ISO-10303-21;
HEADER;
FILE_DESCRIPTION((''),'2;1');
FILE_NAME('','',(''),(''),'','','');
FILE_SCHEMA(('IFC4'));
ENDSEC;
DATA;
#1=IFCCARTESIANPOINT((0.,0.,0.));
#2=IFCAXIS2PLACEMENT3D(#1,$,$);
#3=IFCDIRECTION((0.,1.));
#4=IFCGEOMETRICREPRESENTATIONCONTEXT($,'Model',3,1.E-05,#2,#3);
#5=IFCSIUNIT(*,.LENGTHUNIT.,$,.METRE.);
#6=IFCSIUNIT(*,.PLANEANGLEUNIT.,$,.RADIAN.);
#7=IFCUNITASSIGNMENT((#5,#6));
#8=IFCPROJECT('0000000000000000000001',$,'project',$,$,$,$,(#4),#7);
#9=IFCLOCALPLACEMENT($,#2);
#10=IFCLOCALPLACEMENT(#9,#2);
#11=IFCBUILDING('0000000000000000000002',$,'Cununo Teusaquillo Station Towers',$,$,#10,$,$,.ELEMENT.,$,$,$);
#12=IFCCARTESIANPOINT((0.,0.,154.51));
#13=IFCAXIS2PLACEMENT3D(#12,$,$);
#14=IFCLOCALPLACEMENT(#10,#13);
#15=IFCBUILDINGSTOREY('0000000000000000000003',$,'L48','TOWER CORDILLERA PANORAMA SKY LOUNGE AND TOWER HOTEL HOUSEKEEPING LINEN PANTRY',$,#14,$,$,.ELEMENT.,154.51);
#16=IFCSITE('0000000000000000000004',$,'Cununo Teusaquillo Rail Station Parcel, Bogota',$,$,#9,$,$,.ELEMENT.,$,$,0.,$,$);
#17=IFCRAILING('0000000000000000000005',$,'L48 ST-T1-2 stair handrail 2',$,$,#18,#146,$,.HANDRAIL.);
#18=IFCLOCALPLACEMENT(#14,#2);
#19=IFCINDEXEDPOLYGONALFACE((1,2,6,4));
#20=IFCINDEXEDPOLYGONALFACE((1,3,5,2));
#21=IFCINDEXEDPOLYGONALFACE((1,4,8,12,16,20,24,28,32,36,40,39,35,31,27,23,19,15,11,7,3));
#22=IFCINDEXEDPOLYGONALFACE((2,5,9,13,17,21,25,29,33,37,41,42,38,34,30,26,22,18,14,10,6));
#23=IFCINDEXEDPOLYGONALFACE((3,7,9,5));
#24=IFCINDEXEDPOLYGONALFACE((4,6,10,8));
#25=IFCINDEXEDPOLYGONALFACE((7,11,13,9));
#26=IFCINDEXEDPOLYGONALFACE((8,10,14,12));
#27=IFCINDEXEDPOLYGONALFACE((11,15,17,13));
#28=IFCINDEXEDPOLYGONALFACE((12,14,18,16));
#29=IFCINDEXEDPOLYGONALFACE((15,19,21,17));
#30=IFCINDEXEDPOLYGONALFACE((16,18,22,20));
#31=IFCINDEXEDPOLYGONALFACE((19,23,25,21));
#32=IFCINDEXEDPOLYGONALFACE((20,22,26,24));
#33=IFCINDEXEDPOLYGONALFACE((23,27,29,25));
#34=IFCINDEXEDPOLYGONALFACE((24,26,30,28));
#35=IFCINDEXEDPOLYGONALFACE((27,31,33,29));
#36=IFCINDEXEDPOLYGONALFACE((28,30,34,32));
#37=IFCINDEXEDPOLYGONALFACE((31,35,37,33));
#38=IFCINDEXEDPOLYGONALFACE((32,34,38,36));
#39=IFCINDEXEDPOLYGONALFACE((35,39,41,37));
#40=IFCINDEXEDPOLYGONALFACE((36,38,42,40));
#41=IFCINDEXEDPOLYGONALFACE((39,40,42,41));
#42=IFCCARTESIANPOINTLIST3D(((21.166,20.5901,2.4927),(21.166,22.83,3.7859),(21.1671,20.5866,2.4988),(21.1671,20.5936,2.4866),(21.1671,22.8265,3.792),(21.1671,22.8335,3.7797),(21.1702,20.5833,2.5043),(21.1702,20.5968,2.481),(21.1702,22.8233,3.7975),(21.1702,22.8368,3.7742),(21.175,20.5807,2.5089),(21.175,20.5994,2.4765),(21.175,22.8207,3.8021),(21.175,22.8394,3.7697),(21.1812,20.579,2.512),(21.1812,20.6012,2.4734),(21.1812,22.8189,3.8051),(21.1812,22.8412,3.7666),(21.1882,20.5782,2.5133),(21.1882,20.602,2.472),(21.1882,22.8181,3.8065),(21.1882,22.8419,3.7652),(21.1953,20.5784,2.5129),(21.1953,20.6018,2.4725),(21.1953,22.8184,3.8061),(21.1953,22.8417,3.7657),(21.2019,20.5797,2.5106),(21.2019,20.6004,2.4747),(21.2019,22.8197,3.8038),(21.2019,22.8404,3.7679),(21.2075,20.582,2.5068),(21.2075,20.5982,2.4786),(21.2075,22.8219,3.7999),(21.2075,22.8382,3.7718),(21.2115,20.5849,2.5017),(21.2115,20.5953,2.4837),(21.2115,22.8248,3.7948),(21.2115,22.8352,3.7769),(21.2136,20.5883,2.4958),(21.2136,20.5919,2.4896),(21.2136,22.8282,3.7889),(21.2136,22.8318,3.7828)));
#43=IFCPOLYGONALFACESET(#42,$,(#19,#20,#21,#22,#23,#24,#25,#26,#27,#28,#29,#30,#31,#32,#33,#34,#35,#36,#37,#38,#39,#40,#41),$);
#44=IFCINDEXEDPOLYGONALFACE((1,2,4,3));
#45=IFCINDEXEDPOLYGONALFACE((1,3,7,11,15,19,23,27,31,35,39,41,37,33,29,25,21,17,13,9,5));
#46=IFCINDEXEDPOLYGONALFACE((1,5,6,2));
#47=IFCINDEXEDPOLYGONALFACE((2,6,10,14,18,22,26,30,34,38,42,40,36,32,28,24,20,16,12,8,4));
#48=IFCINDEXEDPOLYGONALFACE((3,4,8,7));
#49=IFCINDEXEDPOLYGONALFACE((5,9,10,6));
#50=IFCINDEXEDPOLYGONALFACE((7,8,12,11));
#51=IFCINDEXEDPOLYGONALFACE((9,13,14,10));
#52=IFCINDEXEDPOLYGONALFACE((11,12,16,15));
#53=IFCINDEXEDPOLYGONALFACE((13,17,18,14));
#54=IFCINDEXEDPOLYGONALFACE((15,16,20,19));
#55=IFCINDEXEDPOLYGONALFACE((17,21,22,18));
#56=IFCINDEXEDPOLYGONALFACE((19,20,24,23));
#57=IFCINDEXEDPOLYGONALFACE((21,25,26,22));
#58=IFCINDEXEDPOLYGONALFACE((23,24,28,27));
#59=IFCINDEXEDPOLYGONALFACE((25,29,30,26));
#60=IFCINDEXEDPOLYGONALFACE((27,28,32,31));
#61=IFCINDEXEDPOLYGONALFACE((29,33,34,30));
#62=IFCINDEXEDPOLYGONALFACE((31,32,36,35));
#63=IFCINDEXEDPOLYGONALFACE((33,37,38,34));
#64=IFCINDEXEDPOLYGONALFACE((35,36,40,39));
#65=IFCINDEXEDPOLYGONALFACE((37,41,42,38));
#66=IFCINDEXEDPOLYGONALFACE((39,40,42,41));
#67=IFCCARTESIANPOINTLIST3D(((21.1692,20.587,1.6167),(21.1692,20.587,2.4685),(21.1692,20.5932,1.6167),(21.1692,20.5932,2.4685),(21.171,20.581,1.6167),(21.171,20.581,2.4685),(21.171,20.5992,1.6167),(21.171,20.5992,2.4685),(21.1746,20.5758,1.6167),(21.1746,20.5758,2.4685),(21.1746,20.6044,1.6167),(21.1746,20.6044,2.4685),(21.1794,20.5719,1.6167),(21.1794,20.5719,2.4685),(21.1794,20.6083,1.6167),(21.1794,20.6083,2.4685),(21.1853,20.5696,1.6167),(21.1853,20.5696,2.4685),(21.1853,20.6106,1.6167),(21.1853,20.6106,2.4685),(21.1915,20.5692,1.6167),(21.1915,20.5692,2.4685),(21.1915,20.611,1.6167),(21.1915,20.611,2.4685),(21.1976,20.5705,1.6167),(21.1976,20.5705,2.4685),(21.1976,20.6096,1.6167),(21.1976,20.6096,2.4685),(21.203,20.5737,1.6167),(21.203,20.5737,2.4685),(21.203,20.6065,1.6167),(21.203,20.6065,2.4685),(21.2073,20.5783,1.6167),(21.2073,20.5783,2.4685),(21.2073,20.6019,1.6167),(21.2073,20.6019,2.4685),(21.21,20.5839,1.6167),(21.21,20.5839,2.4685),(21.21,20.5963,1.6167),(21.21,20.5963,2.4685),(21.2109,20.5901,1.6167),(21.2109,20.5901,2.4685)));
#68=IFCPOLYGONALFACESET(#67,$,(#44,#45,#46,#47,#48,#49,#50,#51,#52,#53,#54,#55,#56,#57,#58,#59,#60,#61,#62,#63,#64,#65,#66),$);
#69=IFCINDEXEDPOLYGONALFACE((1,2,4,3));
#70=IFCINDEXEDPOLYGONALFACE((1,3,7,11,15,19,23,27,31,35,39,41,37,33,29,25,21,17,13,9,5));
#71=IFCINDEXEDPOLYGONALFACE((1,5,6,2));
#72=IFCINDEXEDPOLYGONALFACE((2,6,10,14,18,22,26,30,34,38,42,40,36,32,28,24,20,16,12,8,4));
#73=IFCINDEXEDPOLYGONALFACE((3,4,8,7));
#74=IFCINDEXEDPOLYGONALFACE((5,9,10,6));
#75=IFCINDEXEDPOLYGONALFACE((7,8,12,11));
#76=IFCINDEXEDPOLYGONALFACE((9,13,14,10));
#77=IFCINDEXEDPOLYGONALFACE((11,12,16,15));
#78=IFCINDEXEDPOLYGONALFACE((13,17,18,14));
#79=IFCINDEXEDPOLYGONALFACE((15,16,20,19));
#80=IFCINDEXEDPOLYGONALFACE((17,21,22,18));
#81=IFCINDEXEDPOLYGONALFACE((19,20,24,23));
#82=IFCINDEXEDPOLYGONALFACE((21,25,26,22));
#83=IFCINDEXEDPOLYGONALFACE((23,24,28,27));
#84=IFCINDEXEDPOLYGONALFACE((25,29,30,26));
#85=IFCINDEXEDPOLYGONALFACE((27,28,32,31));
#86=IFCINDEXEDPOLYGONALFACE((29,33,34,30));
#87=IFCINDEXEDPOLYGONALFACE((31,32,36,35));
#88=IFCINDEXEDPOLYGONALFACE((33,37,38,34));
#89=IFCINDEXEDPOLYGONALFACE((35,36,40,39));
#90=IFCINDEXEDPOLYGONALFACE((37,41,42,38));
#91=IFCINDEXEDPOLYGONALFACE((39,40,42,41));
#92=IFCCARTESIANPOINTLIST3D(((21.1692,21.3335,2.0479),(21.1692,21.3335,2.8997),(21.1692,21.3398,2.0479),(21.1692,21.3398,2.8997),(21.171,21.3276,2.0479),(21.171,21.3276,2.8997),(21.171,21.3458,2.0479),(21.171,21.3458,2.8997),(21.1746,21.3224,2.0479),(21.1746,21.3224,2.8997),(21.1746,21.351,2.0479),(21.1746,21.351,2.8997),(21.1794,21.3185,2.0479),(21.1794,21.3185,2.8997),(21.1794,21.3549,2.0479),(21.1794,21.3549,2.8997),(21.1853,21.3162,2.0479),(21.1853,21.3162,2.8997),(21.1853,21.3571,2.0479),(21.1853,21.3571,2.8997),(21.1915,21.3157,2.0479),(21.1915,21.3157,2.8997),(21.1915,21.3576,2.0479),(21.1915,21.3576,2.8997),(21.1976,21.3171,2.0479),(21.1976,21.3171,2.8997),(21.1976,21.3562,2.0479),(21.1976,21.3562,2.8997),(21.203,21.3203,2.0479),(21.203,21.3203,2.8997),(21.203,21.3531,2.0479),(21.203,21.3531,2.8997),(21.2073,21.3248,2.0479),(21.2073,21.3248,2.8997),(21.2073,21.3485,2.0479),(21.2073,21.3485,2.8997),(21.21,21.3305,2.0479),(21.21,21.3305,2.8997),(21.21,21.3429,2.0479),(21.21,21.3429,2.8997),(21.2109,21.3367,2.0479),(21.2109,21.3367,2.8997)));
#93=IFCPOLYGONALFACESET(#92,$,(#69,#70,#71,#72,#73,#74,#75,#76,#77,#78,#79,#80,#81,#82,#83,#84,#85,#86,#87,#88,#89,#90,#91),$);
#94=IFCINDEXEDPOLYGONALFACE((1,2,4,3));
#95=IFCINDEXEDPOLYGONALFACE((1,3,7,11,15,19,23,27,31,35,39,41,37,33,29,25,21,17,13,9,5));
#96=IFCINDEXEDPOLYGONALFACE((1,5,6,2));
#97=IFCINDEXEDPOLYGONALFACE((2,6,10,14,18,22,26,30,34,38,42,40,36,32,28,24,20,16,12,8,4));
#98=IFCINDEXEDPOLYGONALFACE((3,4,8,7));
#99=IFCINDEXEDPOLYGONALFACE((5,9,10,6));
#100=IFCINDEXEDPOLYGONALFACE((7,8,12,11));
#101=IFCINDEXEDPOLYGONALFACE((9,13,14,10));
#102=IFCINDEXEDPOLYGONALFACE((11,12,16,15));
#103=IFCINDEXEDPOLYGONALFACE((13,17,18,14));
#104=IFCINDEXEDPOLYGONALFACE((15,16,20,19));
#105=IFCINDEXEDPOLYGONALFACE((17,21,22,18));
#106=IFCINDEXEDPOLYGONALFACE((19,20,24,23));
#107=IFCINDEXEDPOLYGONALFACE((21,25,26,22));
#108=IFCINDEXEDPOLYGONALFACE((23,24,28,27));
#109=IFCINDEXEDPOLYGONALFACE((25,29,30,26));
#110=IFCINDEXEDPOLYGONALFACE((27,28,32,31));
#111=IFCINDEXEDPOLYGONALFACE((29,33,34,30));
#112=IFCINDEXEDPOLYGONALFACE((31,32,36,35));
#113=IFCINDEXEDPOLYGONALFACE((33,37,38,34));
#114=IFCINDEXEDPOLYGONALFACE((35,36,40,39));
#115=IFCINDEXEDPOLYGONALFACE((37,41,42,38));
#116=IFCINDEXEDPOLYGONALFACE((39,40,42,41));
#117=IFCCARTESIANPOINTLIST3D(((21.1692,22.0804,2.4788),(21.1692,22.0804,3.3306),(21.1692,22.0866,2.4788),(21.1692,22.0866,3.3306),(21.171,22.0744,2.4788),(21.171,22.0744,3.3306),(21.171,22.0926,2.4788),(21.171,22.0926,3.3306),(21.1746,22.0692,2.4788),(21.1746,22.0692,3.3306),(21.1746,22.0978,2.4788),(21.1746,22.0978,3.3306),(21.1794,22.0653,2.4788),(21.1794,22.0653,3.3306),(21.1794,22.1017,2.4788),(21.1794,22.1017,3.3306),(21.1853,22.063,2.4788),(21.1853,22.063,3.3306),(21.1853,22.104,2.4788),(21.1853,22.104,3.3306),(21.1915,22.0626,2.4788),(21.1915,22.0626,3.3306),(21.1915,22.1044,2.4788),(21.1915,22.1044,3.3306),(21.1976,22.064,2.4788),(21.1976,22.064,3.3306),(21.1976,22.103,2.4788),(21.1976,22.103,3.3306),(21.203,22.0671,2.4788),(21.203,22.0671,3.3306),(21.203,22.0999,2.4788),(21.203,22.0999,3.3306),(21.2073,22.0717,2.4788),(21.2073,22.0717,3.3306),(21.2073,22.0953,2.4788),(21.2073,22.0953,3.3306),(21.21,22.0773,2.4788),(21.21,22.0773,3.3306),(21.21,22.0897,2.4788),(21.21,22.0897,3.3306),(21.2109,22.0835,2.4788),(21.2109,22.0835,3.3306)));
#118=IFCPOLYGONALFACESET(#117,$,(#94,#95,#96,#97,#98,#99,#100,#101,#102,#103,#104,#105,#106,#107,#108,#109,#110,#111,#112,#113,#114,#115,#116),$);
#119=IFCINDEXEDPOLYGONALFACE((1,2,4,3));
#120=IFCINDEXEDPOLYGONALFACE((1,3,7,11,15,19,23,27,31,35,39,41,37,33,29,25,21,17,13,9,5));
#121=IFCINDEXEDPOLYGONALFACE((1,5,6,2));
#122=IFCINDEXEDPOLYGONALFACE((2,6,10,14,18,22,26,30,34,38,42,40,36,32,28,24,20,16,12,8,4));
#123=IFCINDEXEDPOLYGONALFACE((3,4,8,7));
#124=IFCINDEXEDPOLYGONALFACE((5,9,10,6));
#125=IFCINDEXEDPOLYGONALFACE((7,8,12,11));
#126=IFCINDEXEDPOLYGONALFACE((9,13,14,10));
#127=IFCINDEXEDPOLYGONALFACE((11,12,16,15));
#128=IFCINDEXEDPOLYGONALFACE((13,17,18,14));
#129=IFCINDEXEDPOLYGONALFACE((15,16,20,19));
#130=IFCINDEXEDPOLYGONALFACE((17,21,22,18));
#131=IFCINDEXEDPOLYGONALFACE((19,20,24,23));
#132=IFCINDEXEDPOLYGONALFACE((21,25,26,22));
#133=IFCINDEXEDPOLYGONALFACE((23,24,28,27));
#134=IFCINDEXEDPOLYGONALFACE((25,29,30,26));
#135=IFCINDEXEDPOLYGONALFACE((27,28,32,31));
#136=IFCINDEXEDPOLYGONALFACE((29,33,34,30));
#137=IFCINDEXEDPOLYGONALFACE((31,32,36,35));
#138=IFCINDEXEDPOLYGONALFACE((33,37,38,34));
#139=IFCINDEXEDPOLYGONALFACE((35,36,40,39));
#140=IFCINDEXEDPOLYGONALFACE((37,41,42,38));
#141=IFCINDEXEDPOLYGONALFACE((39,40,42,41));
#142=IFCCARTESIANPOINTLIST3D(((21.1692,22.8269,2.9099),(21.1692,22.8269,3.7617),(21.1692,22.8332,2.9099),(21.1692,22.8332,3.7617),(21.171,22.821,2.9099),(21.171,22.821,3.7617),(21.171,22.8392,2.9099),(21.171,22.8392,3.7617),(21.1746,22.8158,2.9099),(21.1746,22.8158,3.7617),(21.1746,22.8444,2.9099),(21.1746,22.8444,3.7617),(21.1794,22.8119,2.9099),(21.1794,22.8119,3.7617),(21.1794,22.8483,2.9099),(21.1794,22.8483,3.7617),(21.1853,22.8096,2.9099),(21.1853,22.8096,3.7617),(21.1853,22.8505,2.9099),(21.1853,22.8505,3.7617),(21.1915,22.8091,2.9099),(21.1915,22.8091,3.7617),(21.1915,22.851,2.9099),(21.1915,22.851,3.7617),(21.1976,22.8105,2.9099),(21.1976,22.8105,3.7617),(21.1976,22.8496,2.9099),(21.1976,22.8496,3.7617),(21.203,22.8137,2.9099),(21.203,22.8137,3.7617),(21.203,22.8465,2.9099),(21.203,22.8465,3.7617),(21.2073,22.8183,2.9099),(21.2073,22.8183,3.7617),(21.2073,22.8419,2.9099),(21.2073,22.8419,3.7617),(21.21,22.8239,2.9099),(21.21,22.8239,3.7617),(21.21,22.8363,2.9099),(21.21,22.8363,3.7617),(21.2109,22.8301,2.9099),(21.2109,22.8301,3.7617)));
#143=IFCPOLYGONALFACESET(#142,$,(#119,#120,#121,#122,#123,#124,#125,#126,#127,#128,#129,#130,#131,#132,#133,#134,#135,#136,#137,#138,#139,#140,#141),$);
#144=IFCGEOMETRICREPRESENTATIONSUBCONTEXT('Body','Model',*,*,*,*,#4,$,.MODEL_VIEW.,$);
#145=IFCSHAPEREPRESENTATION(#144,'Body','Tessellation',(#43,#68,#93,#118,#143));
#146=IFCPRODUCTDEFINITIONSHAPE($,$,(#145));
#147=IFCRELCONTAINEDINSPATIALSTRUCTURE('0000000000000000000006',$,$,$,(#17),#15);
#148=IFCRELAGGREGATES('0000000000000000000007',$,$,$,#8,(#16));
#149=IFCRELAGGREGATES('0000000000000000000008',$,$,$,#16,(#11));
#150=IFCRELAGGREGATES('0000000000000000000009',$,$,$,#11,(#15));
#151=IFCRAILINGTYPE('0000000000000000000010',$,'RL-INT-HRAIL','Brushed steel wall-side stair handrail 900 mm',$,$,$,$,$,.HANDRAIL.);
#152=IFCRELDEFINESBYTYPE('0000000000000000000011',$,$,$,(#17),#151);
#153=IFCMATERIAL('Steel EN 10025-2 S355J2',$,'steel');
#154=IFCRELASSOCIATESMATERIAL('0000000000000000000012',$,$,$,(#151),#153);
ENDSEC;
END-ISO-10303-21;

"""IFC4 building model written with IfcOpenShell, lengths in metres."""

from ifc_helpers import new_model, si_unit, direction, frame, origin, origin_2d, place, context, subcontext, project, spatial, circle, extrude, material, type_object, element, save


model = new_model("IFC4")

# Units and contexts
model_context = context("Model", 3, precision=1e-05, world=origin(), true_north=direction((0.0, 1.0)))
body_context = subcontext(model_context, "Body", "Model", "MODEL_VIEW")
ifc_project = project(units=[si_unit("LENGTHUNIT", "METRE"), si_unit("PLANEANGLEUNIT", "RADIAN")], contexts=[model_context])

# Site, building, storey
site_placement = place(None, origin())
site = spatial("IfcSite", under=ifc_project, at=site_placement, Name="Cununo Teusaquillo Rail Station Parcel, Bogota", CompositionType="ELEMENT", RefElevation=0.0)
building_placement = place(site_placement, origin())
building = spatial("IfcBuilding", under=site, at=building_placement, Name="Cununo Teusaquillo Station Towers", CompositionType="ELEMENT")
storey_placement = place(building_placement, frame((0.0, 0.0, 154.51)))
storey = spatial("IfcBuildingStorey", under=building, at=storey_placement, Name="L48", Description="TOWER CORDILLERA PANORAMA SKY LOUNGE AND TOWER HOTEL HOUSEKEEPING LINEN PANTRY", CompositionType="ELEMENT", Elevation=154.51)

# Railing
ifc_material_1 = material(Name="Steel EN 10025-2 S355J2", Category="steel")
railing_type_1 = type_object("IfcRailingType", Name="RL-INT-HRAIL", Description="Brushed steel wall-side stair handrail 900 mm", PredefinedType="HANDRAIL", material=ifc_material_1)
railing_1_placement = place(storey_placement, frame((21.1899, 20.5901, 1.6167)))
element("IfcRailing", 1, at=railing_1_placement, inside=storey, type_object=railing_type_1, Name="L48 ST-T1-2 stair handrail 2", PredefinedType="HANDRAIL", context=body_context, shape_type="SweptSolid", body=[
    extrude(circle(Radius=0.0239, at=origin_2d()), frame((0.0, 0.0, 0.876), z_axis=(0.0, 0.866033, 0.499987), x_axis=(-1.0, 0.0, 0.0)), (0.0, 0.0, 1.0), 2.5864),
    extrude(circle(Radius=0.021, at=origin_2d()), origin(), (0.0, 0.0, 1.0), 0.8518),
    extrude(circle(Radius=0.021, at=origin_2d()), frame((0.0, 0.7466, 0.4312)), (0.0, 0.0, 1.0), 0.8518),
    extrude(circle(Radius=0.021, at=origin_2d()), frame((0.0, 1.4934, 0.8621)), (0.0, 0.0, 1.0), 0.8518),
    extrude(circle(Radius=0.021, at=origin_2d()), frame((0.0, 2.24, 1.2932)), (0.0, 0.0, 1.0), 0.8518),
])

save(model, "model.ifc")
